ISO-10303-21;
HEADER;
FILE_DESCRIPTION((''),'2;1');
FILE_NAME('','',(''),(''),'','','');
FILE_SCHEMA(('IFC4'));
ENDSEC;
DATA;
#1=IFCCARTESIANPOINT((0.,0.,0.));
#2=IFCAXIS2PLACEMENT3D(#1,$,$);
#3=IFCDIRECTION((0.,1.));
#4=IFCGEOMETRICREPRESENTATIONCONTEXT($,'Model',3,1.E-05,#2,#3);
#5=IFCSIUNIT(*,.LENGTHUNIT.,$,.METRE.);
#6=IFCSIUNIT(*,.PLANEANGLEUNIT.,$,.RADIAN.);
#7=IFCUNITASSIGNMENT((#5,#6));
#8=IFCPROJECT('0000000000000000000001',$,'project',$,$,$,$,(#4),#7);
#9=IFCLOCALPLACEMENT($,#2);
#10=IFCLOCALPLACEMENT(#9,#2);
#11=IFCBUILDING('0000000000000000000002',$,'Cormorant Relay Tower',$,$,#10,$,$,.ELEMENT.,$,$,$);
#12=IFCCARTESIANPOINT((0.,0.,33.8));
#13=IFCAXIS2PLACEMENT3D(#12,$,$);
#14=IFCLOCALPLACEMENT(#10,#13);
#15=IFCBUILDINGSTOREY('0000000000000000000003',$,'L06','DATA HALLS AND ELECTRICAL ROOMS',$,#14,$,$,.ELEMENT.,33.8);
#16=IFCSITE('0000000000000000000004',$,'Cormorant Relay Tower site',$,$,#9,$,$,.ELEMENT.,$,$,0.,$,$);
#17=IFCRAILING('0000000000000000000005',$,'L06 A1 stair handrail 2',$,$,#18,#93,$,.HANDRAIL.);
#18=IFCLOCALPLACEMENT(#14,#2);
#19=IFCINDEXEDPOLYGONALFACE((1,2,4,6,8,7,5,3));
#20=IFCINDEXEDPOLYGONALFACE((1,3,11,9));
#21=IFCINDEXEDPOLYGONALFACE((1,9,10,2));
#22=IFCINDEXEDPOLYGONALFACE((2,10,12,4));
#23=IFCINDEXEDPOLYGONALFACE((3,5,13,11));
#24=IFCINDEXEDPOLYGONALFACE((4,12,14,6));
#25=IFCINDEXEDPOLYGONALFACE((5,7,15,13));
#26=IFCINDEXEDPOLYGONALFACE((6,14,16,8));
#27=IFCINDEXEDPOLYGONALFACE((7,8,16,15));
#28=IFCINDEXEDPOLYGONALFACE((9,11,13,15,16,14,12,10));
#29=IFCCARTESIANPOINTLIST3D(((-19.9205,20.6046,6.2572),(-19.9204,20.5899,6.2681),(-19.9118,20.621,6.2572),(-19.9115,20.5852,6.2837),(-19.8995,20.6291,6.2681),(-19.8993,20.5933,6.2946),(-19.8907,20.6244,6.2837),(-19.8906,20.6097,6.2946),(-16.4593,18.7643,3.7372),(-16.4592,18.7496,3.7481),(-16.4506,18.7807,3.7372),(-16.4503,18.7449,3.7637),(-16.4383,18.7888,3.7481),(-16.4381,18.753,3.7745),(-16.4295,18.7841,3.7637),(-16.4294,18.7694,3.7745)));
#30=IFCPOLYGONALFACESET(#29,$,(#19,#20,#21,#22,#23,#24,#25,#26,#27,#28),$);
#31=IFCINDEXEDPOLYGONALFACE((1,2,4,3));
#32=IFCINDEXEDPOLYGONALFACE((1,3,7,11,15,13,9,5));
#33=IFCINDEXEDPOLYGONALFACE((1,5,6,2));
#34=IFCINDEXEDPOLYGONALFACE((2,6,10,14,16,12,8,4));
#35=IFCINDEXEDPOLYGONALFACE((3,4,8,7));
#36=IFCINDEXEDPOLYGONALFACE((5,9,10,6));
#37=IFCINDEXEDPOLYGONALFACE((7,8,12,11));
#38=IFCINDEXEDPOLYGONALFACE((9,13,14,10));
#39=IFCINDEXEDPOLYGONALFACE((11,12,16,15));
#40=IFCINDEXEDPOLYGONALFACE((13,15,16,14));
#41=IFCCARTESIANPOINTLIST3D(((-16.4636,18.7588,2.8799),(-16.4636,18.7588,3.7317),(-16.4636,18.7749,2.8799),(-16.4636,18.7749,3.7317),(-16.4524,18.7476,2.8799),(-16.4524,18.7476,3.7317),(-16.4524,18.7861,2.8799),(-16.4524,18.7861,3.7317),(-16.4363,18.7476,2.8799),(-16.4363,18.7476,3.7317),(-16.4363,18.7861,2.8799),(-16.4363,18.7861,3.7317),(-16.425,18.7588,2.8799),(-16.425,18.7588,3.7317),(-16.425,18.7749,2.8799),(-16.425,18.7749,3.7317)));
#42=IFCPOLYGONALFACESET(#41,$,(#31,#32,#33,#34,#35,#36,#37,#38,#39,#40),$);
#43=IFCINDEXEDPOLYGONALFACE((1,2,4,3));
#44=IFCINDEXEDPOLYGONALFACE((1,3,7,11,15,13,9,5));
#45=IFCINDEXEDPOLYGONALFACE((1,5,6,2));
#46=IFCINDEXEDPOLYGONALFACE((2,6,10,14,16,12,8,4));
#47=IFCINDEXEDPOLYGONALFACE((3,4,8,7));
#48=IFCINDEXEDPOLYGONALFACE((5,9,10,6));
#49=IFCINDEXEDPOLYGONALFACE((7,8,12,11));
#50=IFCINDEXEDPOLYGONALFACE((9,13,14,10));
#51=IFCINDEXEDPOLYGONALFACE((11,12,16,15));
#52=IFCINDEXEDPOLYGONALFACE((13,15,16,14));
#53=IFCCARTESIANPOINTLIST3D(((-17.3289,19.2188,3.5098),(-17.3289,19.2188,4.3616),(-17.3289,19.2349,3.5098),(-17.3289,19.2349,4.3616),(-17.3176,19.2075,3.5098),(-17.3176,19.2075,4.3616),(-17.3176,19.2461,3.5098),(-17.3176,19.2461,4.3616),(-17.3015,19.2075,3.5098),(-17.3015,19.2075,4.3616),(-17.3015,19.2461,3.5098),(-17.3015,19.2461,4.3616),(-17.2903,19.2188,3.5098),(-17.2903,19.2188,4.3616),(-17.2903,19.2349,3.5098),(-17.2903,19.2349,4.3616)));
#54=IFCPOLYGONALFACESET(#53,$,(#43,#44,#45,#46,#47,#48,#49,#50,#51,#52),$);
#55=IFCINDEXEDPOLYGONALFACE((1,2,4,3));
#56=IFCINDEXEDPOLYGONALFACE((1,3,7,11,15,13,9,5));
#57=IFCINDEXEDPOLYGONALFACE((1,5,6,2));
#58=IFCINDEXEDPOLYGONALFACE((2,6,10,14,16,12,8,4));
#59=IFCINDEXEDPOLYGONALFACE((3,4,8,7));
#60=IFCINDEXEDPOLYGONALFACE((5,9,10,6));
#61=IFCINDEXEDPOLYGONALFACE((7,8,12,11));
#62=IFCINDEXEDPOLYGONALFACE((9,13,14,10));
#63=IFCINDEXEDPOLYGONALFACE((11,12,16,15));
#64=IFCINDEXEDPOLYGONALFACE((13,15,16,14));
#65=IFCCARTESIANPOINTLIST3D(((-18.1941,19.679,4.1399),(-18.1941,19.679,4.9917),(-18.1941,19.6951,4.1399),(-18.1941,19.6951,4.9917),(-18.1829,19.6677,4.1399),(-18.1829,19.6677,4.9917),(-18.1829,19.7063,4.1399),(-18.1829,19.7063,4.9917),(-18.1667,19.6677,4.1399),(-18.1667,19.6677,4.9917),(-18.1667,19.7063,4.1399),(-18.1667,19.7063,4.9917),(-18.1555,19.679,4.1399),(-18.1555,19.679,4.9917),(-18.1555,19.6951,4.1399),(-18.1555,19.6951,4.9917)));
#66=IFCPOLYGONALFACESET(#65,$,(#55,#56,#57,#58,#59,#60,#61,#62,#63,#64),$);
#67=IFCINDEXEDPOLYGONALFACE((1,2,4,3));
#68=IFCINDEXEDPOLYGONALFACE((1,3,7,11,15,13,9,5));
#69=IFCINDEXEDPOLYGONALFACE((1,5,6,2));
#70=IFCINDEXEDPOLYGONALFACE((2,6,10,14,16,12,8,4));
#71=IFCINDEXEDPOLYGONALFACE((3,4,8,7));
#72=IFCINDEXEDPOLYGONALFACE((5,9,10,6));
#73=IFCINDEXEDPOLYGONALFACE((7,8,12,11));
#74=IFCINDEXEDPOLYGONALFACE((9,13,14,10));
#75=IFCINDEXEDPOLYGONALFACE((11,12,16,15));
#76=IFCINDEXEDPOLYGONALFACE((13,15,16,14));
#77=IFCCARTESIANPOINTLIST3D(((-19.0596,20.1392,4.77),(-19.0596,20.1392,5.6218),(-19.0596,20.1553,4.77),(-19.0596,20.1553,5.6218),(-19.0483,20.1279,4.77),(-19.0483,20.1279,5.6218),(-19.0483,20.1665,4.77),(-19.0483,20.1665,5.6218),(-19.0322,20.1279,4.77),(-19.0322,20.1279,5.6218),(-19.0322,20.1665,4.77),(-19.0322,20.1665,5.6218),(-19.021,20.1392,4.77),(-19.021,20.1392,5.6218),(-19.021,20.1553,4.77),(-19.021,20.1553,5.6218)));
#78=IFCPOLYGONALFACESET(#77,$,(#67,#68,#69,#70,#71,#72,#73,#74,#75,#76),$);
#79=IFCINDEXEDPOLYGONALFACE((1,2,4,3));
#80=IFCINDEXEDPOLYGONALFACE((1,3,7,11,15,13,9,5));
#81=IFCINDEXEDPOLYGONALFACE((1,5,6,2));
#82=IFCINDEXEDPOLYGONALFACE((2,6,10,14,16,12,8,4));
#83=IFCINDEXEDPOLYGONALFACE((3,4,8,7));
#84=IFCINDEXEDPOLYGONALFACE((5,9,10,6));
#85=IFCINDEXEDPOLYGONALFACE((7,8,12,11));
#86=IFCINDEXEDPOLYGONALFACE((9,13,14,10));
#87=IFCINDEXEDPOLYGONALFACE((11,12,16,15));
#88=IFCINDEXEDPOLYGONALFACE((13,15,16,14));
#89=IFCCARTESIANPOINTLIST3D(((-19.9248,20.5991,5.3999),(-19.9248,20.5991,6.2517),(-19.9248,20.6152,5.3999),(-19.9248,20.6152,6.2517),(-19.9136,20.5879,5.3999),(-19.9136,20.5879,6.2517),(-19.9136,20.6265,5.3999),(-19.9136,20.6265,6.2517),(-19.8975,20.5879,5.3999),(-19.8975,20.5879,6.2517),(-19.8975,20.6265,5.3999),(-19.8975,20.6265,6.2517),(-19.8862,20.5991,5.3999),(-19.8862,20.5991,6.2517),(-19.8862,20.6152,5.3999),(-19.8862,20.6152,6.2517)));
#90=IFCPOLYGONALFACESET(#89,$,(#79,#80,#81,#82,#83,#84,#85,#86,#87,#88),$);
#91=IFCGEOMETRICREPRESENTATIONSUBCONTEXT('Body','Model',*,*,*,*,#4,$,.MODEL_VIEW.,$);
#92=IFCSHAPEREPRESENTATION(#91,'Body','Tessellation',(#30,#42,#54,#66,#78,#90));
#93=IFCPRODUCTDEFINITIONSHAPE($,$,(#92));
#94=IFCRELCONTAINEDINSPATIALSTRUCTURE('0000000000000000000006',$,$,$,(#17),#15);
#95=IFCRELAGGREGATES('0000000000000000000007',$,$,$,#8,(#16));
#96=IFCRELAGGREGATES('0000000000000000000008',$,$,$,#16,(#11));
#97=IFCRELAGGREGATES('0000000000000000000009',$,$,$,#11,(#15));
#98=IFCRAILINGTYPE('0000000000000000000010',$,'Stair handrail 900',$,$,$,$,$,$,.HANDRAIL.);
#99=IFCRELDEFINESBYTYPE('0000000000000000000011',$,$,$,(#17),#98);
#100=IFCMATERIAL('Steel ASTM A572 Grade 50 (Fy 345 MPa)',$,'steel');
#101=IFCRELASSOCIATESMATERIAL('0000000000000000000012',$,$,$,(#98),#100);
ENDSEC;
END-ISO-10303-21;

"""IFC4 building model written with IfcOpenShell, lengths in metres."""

from ifc_helpers import new_model, si_unit, direction, frame, origin, place, context, subcontext, project, spatial, polyline, outline, extrude, material, type_object, element, save


model = new_model("IFC4")

# Units and contexts
model_context = context("Model", 3, precision=1e-05, world=origin(), true_north=direction((0.0, 1.0)))
body_context = subcontext(model_context, "Body", "Model", "MODEL_VIEW")
ifc_project = project(units=[si_unit("LENGTHUNIT", "METRE"), si_unit("PLANEANGLEUNIT", "RADIAN")], contexts=[model_context])

# Site, building, storey
site_placement = place(None, origin())
site = spatial("IfcSite", under=ifc_project, at=site_placement, Name="Cormorant Relay Tower site", CompositionType="ELEMENT", RefElevation=0.0)
building_placement = place(site_placement, origin())
building = spatial("IfcBuilding", under=site, at=building_placement, Name="Cormorant Relay Tower", CompositionType="ELEMENT")
storey_placement = place(building_placement, frame((0.0, 0.0, 33.8)))
storey = spatial("IfcBuildingStorey", under=building, at=storey_placement, Name="L06", Description="DATA HALLS AND ELECTRICAL ROOMS", CompositionType="ELEMENT", Elevation=33.8)

# Railing
ifc_material_1 = material(Name="Steel ASTM A572 Grade 50 (Fy 345 MPa)", Category="steel")
railing_type_1 = type_object("IfcRailingType", Name="Stair handrail 900", PredefinedType="HANDRAIL", material=ifc_material_1)
railing_1_placement = place(storey_placement, frame((-16.4443, 18.7668, 2.8799)))
element("IfcRailing", 1, at=railing_1_placement, inside=storey, type_object=railing_type_1, Name="L06 A1 stair handrail 2", PredefinedType="HANDRAIL", context=body_context, shape_type="SweptSolid", body=[
    extrude(outline(polyline([(0.0222, 0.0093), (0.0093, 0.0222), (-0.0093, 0.0222), (-0.0222, 0.0093), (-0.0222, -0.0093), (-0.0093, -0.0222), (0.0093, -0.0222), (0.0222, -0.0093), (0.0222, 0.0093)])), frame((0.0, 0.0, 0.876), z_axis=(-0.742717, 0.394907, 0.540758), x_axis=(-0.469469, -0.882949, 0.0)), (0.0, 0.0, 1.0), 4.6602),
    extrude(outline(polyline([(0.0193, 0.0081), (0.0081, 0.0193), (-0.0081, 0.0193), (-0.0193, 0.0081), (-0.0193, -0.0081), (-0.0081, -0.0193), (0.0081, -0.0193), (0.0193, -0.0081), (0.0193, 0.0081)])), origin(), (0.0, 0.0, 1.0), 0.8518),
    extrude(outline(polyline([(0.0193, 0.0081), (0.0081, 0.0193), (-0.0081, 0.0193), (-0.0193, 0.0081), (-0.0193, -0.0081), (-0.0081, -0.0193), (0.0081, -0.0193), (0.0193, -0.0081), (0.0193, 0.0081)])), frame((-0.8652, 0.46, 0.6299)), (0.0, 0.0, 1.0), 0.8518),
    extrude(outline(polyline([(0.0193, 0.0081), (0.0081, 0.0193), (-0.0081, 0.0193), (-0.0193, 0.0081), (-0.0193, -0.0081), (-0.0081, -0.0193), (0.0081, -0.0193), (0.0193, -0.0081), (0.0193, 0.0081)])), frame((-1.7305, 0.9202, 1.26)), (0.0, 0.0, 1.0), 0.8518),
    extrude(outline(polyline([(0.0193, 0.0081), (0.0081, 0.0193), (-0.0081, 0.0193), (-0.0193, 0.0081), (-0.0193, -0.0081), (-0.0081, -0.0193), (0.0081, -0.0193), (0.0193, -0.0081), (0.0193, 0.0081)])), frame((-2.5959, 1.3804, 1.8901)), (0.0, 0.0, 1.0), 0.8518),
    extrude(outline(polyline([(0.0193, 0.0081), (0.0081, 0.0193), (-0.0081, 0.0193), (-0.0193, 0.0081), (-0.0193, -0.0081), (-0.0081, -0.0193), (0.0081, -0.0193), (0.0193, -0.0081), (0.0193, 0.0081)])), frame((-3.4612, 1.8403, 2.52)), (0.0, 0.0, 1.0), 0.8518),
])

save(model, "model.ifc")
